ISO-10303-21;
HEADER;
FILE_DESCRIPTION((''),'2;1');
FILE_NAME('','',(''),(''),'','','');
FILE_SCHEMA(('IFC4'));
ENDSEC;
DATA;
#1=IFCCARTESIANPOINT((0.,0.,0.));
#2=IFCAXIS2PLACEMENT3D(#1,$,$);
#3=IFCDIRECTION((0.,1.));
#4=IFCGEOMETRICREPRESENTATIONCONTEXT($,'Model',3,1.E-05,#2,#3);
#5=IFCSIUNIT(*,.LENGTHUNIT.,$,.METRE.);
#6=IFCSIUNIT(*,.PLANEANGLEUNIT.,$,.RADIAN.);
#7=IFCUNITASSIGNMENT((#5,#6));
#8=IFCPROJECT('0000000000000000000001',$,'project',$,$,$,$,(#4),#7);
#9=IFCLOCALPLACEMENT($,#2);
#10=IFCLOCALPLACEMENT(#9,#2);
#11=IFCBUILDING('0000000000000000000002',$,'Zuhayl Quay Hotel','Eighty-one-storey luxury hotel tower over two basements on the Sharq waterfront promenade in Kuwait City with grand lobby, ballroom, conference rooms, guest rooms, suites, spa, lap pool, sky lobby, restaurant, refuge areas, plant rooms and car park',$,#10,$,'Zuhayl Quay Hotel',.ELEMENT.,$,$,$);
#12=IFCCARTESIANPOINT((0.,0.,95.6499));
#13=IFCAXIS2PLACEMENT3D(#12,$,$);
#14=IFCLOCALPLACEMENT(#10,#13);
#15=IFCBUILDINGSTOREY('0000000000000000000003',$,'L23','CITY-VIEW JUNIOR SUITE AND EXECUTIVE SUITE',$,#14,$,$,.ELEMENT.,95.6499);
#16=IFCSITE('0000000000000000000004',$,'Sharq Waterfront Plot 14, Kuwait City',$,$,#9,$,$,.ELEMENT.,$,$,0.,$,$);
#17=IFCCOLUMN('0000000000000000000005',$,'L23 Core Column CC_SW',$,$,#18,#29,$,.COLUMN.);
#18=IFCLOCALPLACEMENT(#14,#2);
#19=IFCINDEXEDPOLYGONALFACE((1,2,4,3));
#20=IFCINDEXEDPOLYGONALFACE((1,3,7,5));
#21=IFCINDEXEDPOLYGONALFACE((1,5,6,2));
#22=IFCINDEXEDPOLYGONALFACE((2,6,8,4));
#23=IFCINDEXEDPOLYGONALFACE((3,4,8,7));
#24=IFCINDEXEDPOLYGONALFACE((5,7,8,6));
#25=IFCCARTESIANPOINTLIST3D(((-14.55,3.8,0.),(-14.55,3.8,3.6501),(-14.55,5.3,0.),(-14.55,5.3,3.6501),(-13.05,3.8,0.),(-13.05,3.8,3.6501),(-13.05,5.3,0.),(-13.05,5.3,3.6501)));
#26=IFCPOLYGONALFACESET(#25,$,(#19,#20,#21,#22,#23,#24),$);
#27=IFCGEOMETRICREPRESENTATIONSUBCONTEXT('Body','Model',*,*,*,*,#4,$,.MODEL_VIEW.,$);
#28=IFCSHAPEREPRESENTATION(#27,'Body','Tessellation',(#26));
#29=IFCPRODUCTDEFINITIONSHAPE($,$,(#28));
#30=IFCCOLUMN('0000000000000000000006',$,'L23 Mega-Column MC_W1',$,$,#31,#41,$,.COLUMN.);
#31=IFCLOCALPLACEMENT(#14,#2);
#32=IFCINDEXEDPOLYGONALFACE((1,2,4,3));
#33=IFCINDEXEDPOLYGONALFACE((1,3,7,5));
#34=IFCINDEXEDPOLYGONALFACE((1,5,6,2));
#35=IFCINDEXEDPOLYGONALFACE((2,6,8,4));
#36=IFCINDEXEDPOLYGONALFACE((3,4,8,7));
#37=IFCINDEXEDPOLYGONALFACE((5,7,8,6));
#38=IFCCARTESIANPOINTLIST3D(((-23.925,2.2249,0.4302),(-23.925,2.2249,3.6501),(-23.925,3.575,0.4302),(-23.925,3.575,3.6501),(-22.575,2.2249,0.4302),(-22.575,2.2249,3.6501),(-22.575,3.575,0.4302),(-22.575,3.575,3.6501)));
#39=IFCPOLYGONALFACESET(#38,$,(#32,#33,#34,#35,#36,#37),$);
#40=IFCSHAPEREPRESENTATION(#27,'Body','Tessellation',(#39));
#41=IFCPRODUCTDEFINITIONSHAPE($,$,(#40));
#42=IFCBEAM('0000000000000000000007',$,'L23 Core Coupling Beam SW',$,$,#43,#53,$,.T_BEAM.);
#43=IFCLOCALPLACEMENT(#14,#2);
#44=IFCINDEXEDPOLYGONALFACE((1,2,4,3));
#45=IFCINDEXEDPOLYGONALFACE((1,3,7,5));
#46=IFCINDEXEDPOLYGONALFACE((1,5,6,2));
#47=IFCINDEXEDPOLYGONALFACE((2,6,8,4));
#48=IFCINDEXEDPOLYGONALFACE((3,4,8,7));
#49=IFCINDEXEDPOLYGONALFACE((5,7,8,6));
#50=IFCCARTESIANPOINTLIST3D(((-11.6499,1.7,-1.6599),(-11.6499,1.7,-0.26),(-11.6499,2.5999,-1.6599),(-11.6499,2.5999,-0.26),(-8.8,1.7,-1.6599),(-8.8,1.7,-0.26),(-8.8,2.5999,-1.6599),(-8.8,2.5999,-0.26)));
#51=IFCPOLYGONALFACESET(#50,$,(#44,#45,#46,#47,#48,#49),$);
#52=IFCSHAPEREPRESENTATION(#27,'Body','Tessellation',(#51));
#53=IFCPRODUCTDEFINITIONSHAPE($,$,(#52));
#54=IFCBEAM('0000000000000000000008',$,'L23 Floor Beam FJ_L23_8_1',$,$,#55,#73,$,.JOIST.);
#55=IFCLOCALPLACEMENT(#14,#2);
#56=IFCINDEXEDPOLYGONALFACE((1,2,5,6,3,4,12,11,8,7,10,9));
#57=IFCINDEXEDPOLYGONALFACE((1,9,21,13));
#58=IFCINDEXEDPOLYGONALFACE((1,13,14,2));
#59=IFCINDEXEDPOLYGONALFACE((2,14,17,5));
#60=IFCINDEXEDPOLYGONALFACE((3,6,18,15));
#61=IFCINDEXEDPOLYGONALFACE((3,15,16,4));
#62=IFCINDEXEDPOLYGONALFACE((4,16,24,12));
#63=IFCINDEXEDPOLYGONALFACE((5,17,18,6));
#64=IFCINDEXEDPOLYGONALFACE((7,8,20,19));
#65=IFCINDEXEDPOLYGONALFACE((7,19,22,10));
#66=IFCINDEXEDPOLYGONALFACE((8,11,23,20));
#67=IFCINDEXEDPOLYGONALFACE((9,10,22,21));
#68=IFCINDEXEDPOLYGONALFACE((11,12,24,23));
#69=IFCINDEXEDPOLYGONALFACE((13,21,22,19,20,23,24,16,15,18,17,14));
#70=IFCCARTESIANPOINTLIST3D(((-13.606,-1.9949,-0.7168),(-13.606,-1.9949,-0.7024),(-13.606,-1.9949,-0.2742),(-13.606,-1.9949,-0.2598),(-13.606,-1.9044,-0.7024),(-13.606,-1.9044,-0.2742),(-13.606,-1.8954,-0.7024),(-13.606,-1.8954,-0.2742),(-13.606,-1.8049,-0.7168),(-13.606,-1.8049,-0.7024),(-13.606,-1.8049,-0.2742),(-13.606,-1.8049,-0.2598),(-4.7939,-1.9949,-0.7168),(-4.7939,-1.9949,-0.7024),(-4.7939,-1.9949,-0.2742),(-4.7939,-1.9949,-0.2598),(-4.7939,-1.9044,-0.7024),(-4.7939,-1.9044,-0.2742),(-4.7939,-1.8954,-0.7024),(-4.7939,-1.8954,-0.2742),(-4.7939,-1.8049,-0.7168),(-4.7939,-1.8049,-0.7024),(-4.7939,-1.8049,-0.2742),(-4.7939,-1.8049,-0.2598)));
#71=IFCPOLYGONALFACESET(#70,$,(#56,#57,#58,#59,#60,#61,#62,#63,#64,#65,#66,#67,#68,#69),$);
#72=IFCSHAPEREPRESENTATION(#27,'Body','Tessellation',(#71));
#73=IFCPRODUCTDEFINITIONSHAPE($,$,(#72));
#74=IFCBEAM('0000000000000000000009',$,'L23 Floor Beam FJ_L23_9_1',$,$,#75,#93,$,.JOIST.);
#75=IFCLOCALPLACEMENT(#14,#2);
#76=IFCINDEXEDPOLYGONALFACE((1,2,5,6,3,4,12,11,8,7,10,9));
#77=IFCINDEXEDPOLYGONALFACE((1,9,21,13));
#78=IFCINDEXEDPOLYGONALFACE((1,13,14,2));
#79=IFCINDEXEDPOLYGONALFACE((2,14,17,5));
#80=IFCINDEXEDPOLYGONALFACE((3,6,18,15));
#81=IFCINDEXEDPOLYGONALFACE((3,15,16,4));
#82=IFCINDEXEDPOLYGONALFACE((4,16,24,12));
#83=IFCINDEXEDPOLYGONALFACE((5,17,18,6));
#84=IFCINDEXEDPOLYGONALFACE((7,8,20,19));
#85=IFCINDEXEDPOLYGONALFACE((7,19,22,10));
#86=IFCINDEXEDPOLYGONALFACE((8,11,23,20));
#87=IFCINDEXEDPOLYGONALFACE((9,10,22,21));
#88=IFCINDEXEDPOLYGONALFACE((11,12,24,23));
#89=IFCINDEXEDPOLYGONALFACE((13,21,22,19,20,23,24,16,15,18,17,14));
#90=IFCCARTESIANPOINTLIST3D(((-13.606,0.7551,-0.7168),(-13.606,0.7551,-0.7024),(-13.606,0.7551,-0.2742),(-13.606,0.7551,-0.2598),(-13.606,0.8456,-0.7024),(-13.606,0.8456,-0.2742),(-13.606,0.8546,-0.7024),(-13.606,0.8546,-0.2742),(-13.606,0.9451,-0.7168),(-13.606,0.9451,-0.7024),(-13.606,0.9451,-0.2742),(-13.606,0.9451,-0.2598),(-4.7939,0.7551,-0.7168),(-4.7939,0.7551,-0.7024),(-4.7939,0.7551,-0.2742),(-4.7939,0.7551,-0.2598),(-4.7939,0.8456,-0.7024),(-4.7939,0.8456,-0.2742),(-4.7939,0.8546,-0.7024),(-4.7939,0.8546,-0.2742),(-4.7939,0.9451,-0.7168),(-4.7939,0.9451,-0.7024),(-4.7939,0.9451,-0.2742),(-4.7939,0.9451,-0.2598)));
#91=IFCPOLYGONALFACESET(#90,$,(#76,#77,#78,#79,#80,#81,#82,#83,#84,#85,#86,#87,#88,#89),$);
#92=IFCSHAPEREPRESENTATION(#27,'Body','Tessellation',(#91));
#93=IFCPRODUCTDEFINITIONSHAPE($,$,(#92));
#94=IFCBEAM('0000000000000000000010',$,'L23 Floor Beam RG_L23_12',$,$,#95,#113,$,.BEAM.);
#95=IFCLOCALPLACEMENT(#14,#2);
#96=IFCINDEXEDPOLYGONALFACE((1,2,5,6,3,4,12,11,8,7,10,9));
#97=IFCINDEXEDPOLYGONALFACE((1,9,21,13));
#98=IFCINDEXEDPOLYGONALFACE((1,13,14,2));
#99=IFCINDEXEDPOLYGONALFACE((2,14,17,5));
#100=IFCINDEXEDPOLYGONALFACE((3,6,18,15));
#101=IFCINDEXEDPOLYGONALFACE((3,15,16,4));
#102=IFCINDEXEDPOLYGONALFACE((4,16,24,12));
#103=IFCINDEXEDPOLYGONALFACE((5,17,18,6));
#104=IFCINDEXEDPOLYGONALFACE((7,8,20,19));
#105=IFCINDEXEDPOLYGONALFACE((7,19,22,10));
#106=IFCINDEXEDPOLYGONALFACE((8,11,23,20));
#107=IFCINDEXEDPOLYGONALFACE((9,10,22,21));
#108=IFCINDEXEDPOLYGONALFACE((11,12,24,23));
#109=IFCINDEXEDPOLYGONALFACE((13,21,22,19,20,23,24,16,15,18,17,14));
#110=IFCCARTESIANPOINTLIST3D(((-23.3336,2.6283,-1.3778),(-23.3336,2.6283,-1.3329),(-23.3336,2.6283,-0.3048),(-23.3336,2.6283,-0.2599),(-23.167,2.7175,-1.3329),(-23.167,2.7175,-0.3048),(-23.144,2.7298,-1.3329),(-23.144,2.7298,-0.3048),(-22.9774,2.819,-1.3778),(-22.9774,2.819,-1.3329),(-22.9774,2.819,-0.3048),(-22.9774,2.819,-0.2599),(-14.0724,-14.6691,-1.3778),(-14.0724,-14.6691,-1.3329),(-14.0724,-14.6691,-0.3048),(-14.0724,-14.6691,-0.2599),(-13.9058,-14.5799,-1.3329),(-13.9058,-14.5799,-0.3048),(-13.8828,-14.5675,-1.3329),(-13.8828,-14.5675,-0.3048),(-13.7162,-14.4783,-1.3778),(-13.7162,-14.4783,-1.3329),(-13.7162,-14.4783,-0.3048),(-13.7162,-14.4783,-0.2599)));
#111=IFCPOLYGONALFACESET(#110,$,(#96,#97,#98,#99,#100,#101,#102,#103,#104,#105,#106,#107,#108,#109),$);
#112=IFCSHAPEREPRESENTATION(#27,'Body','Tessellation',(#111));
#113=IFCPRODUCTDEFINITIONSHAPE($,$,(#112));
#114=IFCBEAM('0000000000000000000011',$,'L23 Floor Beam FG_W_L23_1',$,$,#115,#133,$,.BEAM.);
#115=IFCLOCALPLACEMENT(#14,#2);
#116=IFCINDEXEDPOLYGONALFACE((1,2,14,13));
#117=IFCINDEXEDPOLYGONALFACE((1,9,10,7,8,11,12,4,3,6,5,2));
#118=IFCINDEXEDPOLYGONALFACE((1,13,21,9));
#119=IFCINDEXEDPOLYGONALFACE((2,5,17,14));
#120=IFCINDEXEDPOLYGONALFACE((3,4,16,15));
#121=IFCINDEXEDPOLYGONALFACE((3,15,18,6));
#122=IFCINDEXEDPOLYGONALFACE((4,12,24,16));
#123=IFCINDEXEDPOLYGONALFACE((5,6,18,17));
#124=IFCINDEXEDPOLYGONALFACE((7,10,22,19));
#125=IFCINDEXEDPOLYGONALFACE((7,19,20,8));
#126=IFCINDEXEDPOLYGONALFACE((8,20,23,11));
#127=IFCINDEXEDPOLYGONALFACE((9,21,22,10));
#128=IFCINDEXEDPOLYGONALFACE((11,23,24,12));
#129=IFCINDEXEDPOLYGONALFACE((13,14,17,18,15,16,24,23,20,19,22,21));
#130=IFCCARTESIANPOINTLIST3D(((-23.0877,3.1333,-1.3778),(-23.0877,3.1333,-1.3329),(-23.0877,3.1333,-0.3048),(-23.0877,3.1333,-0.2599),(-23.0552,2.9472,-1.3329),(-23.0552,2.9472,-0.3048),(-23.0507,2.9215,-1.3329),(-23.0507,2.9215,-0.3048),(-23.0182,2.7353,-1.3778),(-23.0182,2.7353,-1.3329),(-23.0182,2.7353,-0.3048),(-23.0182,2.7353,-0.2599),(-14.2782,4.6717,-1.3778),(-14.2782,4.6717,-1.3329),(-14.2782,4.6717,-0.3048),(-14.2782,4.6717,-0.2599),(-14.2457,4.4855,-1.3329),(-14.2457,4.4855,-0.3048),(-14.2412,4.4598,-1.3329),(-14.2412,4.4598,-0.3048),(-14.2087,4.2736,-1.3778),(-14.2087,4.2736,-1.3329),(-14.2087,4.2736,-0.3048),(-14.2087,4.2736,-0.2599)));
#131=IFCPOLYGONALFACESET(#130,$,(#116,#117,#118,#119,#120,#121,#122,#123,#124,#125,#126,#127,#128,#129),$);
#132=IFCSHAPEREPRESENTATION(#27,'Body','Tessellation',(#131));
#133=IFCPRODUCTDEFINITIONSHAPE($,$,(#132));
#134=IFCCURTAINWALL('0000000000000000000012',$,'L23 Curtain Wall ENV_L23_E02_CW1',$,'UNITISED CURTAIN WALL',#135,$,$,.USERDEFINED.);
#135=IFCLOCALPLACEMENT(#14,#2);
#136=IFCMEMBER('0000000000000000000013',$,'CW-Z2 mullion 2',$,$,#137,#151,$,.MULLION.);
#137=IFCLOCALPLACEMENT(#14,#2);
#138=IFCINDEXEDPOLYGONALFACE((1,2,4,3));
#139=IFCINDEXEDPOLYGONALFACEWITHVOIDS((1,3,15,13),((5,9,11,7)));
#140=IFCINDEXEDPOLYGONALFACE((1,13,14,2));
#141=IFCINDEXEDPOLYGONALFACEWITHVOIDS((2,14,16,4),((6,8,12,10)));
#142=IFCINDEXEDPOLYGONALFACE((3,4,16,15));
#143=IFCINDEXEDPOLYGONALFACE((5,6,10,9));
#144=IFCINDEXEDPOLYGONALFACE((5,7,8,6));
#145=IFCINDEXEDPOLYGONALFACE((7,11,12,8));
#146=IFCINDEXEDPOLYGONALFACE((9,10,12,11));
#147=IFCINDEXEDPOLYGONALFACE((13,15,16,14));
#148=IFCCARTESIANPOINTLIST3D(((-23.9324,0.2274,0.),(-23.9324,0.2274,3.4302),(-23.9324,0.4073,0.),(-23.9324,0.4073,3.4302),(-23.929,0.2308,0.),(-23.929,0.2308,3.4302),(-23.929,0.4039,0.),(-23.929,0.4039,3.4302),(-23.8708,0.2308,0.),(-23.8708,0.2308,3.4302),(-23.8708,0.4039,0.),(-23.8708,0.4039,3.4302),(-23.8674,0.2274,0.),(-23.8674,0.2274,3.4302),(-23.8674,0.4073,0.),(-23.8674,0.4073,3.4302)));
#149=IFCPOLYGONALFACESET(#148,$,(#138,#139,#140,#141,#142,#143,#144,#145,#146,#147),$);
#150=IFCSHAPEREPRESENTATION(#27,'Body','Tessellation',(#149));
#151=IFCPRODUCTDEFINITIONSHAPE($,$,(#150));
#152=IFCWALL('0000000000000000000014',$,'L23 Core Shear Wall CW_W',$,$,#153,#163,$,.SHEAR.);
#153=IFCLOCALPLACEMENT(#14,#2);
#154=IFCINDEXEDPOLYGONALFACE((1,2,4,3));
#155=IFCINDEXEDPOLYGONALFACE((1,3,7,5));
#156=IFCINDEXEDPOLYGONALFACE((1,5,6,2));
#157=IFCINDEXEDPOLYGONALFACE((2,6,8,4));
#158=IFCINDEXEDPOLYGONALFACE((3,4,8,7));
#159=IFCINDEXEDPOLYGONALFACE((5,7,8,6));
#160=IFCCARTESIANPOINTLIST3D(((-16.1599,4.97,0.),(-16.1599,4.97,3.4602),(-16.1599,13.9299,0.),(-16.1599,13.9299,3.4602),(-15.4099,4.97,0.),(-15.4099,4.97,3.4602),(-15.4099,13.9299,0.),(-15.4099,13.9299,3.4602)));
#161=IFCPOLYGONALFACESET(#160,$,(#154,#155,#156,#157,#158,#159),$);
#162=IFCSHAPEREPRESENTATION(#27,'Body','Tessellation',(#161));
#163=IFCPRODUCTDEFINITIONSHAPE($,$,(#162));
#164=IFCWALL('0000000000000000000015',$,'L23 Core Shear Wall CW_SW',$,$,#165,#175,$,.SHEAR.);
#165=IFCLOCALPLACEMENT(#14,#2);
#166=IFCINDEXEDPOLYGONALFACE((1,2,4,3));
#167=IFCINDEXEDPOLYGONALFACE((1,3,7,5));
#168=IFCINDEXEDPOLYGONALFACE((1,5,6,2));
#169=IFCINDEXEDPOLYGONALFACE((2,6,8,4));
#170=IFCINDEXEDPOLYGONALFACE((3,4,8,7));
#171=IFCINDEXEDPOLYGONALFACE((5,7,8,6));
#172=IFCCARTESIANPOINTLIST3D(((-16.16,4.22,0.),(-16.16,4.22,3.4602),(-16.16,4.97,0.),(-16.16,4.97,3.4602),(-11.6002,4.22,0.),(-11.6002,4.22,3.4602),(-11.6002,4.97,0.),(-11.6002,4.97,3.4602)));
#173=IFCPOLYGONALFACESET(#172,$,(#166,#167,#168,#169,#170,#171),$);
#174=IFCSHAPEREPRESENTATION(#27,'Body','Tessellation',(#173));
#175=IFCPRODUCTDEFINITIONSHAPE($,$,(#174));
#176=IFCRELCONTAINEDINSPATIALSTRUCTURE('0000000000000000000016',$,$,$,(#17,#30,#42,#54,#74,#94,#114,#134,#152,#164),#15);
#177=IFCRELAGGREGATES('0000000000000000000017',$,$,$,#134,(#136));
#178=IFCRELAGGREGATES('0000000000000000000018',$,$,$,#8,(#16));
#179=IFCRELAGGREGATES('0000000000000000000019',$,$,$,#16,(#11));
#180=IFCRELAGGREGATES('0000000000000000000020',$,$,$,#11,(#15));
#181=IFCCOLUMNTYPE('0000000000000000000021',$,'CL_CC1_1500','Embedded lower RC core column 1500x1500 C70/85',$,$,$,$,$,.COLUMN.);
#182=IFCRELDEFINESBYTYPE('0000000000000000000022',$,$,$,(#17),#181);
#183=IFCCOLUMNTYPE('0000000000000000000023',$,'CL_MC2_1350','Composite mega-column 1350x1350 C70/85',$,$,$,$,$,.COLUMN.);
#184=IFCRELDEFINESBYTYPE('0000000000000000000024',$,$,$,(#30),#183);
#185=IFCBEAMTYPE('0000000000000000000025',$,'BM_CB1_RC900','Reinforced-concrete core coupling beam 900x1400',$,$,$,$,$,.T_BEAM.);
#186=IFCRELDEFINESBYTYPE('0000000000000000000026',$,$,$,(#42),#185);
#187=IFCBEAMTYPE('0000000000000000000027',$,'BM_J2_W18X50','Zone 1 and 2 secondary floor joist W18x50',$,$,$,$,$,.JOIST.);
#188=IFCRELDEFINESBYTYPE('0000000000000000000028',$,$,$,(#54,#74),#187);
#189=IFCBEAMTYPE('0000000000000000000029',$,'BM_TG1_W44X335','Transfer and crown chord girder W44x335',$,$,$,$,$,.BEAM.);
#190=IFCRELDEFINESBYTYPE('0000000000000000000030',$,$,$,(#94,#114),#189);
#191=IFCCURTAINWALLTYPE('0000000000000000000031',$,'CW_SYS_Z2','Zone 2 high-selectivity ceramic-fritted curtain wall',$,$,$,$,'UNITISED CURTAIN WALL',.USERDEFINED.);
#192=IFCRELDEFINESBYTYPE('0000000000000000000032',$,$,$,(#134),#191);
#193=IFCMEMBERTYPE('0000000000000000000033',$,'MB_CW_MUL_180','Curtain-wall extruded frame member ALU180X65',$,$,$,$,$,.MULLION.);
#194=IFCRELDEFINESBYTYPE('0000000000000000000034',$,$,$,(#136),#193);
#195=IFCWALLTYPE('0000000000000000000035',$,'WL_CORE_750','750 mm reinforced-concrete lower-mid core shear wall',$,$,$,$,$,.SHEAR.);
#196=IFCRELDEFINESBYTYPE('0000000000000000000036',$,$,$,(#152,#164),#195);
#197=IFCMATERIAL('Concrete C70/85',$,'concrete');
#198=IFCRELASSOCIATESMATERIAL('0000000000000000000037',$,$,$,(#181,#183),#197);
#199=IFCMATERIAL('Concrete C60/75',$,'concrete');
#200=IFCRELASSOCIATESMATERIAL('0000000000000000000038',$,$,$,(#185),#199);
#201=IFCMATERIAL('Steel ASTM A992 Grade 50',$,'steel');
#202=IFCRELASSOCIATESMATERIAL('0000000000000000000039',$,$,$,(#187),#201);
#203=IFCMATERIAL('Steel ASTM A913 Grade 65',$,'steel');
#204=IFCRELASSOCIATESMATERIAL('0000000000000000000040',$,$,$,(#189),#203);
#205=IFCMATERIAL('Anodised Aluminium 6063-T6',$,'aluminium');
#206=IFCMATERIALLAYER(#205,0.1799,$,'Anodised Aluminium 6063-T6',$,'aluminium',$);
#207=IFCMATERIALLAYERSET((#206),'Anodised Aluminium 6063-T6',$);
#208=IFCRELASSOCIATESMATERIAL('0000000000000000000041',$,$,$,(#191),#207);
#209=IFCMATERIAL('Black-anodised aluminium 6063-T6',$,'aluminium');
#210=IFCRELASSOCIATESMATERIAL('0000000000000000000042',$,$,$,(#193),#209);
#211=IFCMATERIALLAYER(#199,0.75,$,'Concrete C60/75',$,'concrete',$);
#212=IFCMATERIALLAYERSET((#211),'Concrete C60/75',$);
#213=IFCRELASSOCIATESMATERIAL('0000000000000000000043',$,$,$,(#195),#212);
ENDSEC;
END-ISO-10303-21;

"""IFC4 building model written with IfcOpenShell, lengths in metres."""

from ifc_helpers import new_model, si_unit, direction, frame, frame_2d, origin, origin_2d, place, context, subcontext, project, spatial, rectangle, hollow_rectangle, i_section, extrude, material, layer, layer_set, material_profile, profile_set, type_object, element, aggregate, save


model = new_model("IFC4")

# Units and contexts
model_context = context("Model", 3, precision=1e-05, world=origin(), true_north=direction((0.0, 1.0)))
body_context = subcontext(model_context, "Body", "Model", "MODEL_VIEW")
ifc_project = project(units=[si_unit("LENGTHUNIT", "METRE"), si_unit("PLANEANGLEUNIT", "RADIAN")], contexts=[model_context])

# Site, building, storey
site_placement = place(None, origin())
site = spatial("IfcSite", under=ifc_project, at=site_placement, Name="Sharq Waterfront Plot 14, Kuwait City", CompositionType="ELEMENT", RefElevation=0.0)
building_placement = place(site_placement, origin())
building = spatial("IfcBuilding", under=site, at=building_placement, Name="Zuhayl Quay Hotel", Description="Eighty-one-storey luxury hotel tower over two basements on the Sharq waterfront promenade in Kuwait City with grand lobby, ballroom, conference rooms, guest rooms, suites, spa, lap pool, sky lobby, restaurant, refuge areas, plant rooms and car park", LongName="Zuhayl Quay Hotel", CompositionType="ELEMENT")
storey_placement = place(building_placement, frame((0.0, 0.0, 95.6499)))
storey = spatial("IfcBuildingStorey", under=building, at=storey_placement, Name="L23", Description="CITY-VIEW JUNIOR SUITE AND EXECUTIVE SUITE", CompositionType="ELEMENT", Elevation=95.6499)

# Columns
ifc_material_1 = material(Name="Concrete C70/85", Category="concrete")
ifc_material_profile_1 = material_profile(ifc_material_1, rectangle(XDim=1.5, YDim=1.5, at=origin_2d()), Name="RC1500X1500")
ifc_profile_set_1 = profile_set([ifc_material_profile_1], Name="Concrete C70/85")
column_type_1 = type_object("IfcColumnType", Name="CL_CC1_1500", Description="Embedded lower RC core column 1500x1500 C70/85", PredefinedType="COLUMN", material=ifc_profile_set_1)
column_1_placement = place(storey_placement, frame((-13.8, 4.55, 0.0), z_axis=(0.0, 0.0, 1.0), x_axis=(1.0, 0.0, 0.0)))
element("IfcColumn", 1, at=column_1_placement, inside=storey, type_object=column_type_1, Name="L23 Core Column CC_SW", PredefinedType="COLUMN", context=body_context, shape_type="SweptSolid", body=[
    extrude(rectangle(XDim=1.5, YDim=1.5, at=origin_2d()), origin(), (0.0, 0.0, 1.0), 3.6501),
])
ifc_material_profile_2 = material_profile(ifc_material_1, rectangle(XDim=1.3501, YDim=1.3501, at=origin_2d()), Name="RC1350X1350")
ifc_profile_set_2 = profile_set([ifc_material_profile_2], Name="Concrete C70/85")
column_type_2 = type_object("IfcColumnType", Name="CL_MC2_1350", Description="Composite mega-column 1350x1350 C70/85", PredefinedType="COLUMN", material=ifc_profile_set_2)
column_2_placement = place(storey_placement, frame((-23.25, 2.8999, 0.4302), z_axis=(0.0, 0.0, 1.0), x_axis=(1.0, 0.0, 0.0)))
element("IfcColumn", 2, at=column_2_placement, inside=storey, type_object=column_type_2, Name="L23 Mega-Column MC_W1", PredefinedType="COLUMN", context=body_context, shape_type="SweptSolid", body=[
    extrude(rectangle(XDim=1.3501, YDim=1.3501, at=origin_2d()), origin(), (0.0, 0.0, 1.0), 3.22),
])

# Beams
ifc_material_2 = material(Name="Concrete C60/75", Category="concrete")
ifc_material_profile_3 = material_profile(ifc_material_2, rectangle(XDim=0.8999, YDim=1.3999, at=origin_2d()), Name="RC900X1400")
ifc_profile_set_3 = profile_set([ifc_material_profile_3], Name="Concrete C60/75")
beam_type_1 = type_object("IfcBeamType", Name="BM_CB1_RC900", Description="Reinforced-concrete core coupling beam 900x1400", PredefinedType="T_BEAM", material=ifc_profile_set_3)
beam_1_placement = place(storey_placement, frame((-11.6499, 2.1499, -0.96), z_axis=(1.0, 0.0, 0.0), x_axis=(0.0, 1.0, 0.0)))
element("IfcBeam", 3, at=beam_1_placement, inside=storey, type_object=beam_type_1, Name="L23 Core Coupling Beam SW", PredefinedType="T_BEAM", context=body_context, shape_type="SweptSolid", body=[
    extrude(rectangle(XDim=0.8999, YDim=1.3999, at=origin_2d()), origin(), (0.0, 0.0, 1.0), 2.8499),
])
ifc_material_3 = material(Name="Steel ASTM A992 Grade 50", Category="steel")
ifc_material_profile_4 = material_profile(ifc_material_3, i_section(OverallWidth=0.1899, OverallDepth=0.457, WebThickness=0.009, FlangeThickness=0.0144, at=origin_2d()), Name="W18X50")
ifc_profile_set_4 = profile_set([ifc_material_profile_4], Name="Steel ASTM A992 Grade 50")
beam_type_2 = type_object("IfcBeamType", Name="BM_J2_W18X50", Description="Zone 1 and 2 secondary floor joist W18x50", PredefinedType="JOIST", material=ifc_profile_set_4)
for number, where, z_axis, x_axis, name in (
    (4, (-13.606, -1.8999, -0.4883), (1.0, 0.0, 0.0), (0.0, 1.0, 0.0), "L23 Floor Beam FJ_L23_8_1"),
    (5, (-13.606, 0.8501, -0.4883), (1.0, 0.0, 0.0), (0.0, 1.0, 0.0), "L23 Floor Beam FJ_L23_9_1"),
):
    element("IfcBeam", number, at=place(storey_placement, frame(where, z_axis=z_axis, x_axis=x_axis)), inside=storey, type_object=beam_type_2, Name=name, PredefinedType="JOIST", context=body_context, shape_type="SweptSolid", body=[
        extrude(i_section(OverallWidth=0.1899, OverallDepth=0.457, WebThickness=0.009, FlangeThickness=0.0144, at=origin_2d()), origin(), (0.0, 0.0, 1.0), 8.812),
    ])
ifc_material_4 = material(Name="Steel ASTM A913 Grade 65", Category="steel")
ifc_material_profile_5 = material_profile(ifc_material_4, i_section(OverallWidth=0.4041, OverallDepth=1.1179, WebThickness=0.0261, FlangeThickness=0.0449, at=origin_2d()), Name="W44X335")
ifc_profile_set_5 = profile_set([ifc_material_profile_5], Name="Steel ASTM A913 Grade 65")
beam_type_3 = type_object("IfcBeamType", Name="BM_TG1_W44X335", Description="Transfer and crown chord girder W44x335", PredefinedType="BEAM", material=ifc_profile_set_5)
beam_2_placement = place(storey_placement, frame((-23.1555, 2.7236, -0.8188), z_axis=(0.472015, -0.881591, 0.0), x_axis=(0.881591, 0.472015, 0.0)))
element("IfcBeam", 6, at=beam_2_placement, inside=storey, type_object=beam_type_3, Name="L23 Floor Beam RG_L23_12", PredefinedType="BEAM", context=body_context, shape_type="SweptSolid", body=[
    extrude(i_section(OverallWidth=0.4041, OverallDepth=1.1179, WebThickness=0.0261, FlangeThickness=0.0449, at=origin_2d()), origin(), (0.0, 0.0, 1.0), 19.6206),
])
beam_3_placement = place(storey_placement, frame((-23.053, 2.9343, -0.8188), z_axis=(0.985094, 0.172017, 0.0), x_axis=(-0.172017, 0.985094, 0.0)))
element("IfcBeam", 7, at=beam_3_placement, inside=storey, type_object=beam_type_3, Name="L23 Floor Beam FG_W_L23_1", PredefinedType="BEAM", context=body_context, shape_type="SweptSolid", body=[
    extrude(i_section(OverallWidth=0.4041, OverallDepth=1.1179, WebThickness=0.0261, FlangeThickness=0.0449, at=origin_2d()), origin(), (0.0, 0.0, 1.0), 8.9429),
])

# Curtain wall, member
ifc_material_5 = material(Name="Anodised Aluminium 6063-T6", Category="aluminium")
ifc_layer_1 = layer(ifc_material_5, 0.1799, Name="Anodised Aluminium 6063-T6", Category="aluminium")
ifc_layer_set_1 = layer_set([ifc_layer_1], Name="Anodised Aluminium 6063-T6")
curtain_wall_type = type_object("IfcCurtainWallType", Name="CW_SYS_Z2", Description="Zone 2 high-selectivity ceramic-fritted curtain wall", ElementType="UNITISED CURTAIN WALL", PredefinedType="USERDEFINED", material=ifc_layer_set_1)
curtain_wall_placement = place(storey_placement, origin())
curtain_wall = element("IfcCurtainWall", 8, at=curtain_wall_placement, inside=storey, type_object=curtain_wall_type, Name="L23 Curtain Wall ENV_L23_E02_CW1", ObjectType="UNITISED CURTAIN WALL", PredefinedType="USERDEFINED")
ifc_material_6 = material(Name="Black-anodised aluminium 6063-T6", Category="aluminium")
ifc_material_profile_6 = material_profile(ifc_material_6, hollow_rectangle(XDim=0.0649, YDim=0.1799, WallThickness=0.0034, at=origin_2d()), Name="ALU180X65")
ifc_profile_set_6 = profile_set([ifc_material_profile_6], Name="Black-anodised aluminium 6063-T6")
member_type = type_object("IfcMemberType", Name="MB_CW_MUL_180", Description="Curtain-wall extruded frame member ALU180X65", PredefinedType="MULLION", material=ifc_profile_set_6)
member_placement = place(storey_placement, frame((-23.8999, 0.3174, 0.0), z_axis=(0.0, 0.0, 1.0), x_axis=(-1.0, 0.0, 0.0)))
member = element("IfcMember", 9, at=member_placement, type_object=member_type, Name="CW-Z2 mullion 2", PredefinedType="MULLION", context=body_context, shape_type="SweptSolid", body=[
    extrude(hollow_rectangle(XDim=0.0649, YDim=0.1799, WallThickness=0.0034, at=origin_2d()), origin(), (0.0, 0.0, 1.0), 3.4302),
])
aggregate(curtain_wall, [member])

# Walls
ifc_layer_2 = layer(ifc_material_2, 0.75, Name="Concrete C60/75", Category="concrete")
ifc_layer_set_2 = layer_set([ifc_layer_2], Name="Concrete C60/75")
wall_type_1 = type_object("IfcWallType", Name="WL_CORE_750", Description="750 mm reinforced-concrete lower-mid core shear wall", PredefinedType="SHEAR", material=ifc_layer_set_2)
wall_1_placement = place(storey_placement, frame((-15.7849, 4.97, 0.0), z_axis=(0.0, 0.0, 1.0), x_axis=(0.0, 1.0, 0.0)))
element("IfcWall", 10, at=wall_1_placement, inside=storey, type_object=wall_type_1, Name="L23 Core Shear Wall CW_W", PredefinedType="SHEAR", context=body_context, shape_type="SweptSolid", body=[
    extrude(rectangle(XDim=8.96, YDim=0.75, at=frame_2d((4.48, 0.0))), origin(), (0.0, 0.0, 1.0), 3.4602),
])
wall_2_placement = place(storey_placement, frame((-16.1599, 4.595, 0.0), z_axis=(0.0, 0.0, 1.0), x_axis=(1.0, 0.0, 0.0)))
element("IfcWall", 11, at=wall_2_placement, inside=storey, type_object=wall_type_1, Name="L23 Core Shear Wall CW_SW", PredefinedType="SHEAR", context=body_context, shape_type="SweptSolid", body=[
    extrude(rectangle(XDim=4.5598, YDim=0.75, at=frame_2d((2.2798, 0.0))), origin(), (0.0, 0.0, 1.0), 3.4602),
])

save(model, "model.ifc")
